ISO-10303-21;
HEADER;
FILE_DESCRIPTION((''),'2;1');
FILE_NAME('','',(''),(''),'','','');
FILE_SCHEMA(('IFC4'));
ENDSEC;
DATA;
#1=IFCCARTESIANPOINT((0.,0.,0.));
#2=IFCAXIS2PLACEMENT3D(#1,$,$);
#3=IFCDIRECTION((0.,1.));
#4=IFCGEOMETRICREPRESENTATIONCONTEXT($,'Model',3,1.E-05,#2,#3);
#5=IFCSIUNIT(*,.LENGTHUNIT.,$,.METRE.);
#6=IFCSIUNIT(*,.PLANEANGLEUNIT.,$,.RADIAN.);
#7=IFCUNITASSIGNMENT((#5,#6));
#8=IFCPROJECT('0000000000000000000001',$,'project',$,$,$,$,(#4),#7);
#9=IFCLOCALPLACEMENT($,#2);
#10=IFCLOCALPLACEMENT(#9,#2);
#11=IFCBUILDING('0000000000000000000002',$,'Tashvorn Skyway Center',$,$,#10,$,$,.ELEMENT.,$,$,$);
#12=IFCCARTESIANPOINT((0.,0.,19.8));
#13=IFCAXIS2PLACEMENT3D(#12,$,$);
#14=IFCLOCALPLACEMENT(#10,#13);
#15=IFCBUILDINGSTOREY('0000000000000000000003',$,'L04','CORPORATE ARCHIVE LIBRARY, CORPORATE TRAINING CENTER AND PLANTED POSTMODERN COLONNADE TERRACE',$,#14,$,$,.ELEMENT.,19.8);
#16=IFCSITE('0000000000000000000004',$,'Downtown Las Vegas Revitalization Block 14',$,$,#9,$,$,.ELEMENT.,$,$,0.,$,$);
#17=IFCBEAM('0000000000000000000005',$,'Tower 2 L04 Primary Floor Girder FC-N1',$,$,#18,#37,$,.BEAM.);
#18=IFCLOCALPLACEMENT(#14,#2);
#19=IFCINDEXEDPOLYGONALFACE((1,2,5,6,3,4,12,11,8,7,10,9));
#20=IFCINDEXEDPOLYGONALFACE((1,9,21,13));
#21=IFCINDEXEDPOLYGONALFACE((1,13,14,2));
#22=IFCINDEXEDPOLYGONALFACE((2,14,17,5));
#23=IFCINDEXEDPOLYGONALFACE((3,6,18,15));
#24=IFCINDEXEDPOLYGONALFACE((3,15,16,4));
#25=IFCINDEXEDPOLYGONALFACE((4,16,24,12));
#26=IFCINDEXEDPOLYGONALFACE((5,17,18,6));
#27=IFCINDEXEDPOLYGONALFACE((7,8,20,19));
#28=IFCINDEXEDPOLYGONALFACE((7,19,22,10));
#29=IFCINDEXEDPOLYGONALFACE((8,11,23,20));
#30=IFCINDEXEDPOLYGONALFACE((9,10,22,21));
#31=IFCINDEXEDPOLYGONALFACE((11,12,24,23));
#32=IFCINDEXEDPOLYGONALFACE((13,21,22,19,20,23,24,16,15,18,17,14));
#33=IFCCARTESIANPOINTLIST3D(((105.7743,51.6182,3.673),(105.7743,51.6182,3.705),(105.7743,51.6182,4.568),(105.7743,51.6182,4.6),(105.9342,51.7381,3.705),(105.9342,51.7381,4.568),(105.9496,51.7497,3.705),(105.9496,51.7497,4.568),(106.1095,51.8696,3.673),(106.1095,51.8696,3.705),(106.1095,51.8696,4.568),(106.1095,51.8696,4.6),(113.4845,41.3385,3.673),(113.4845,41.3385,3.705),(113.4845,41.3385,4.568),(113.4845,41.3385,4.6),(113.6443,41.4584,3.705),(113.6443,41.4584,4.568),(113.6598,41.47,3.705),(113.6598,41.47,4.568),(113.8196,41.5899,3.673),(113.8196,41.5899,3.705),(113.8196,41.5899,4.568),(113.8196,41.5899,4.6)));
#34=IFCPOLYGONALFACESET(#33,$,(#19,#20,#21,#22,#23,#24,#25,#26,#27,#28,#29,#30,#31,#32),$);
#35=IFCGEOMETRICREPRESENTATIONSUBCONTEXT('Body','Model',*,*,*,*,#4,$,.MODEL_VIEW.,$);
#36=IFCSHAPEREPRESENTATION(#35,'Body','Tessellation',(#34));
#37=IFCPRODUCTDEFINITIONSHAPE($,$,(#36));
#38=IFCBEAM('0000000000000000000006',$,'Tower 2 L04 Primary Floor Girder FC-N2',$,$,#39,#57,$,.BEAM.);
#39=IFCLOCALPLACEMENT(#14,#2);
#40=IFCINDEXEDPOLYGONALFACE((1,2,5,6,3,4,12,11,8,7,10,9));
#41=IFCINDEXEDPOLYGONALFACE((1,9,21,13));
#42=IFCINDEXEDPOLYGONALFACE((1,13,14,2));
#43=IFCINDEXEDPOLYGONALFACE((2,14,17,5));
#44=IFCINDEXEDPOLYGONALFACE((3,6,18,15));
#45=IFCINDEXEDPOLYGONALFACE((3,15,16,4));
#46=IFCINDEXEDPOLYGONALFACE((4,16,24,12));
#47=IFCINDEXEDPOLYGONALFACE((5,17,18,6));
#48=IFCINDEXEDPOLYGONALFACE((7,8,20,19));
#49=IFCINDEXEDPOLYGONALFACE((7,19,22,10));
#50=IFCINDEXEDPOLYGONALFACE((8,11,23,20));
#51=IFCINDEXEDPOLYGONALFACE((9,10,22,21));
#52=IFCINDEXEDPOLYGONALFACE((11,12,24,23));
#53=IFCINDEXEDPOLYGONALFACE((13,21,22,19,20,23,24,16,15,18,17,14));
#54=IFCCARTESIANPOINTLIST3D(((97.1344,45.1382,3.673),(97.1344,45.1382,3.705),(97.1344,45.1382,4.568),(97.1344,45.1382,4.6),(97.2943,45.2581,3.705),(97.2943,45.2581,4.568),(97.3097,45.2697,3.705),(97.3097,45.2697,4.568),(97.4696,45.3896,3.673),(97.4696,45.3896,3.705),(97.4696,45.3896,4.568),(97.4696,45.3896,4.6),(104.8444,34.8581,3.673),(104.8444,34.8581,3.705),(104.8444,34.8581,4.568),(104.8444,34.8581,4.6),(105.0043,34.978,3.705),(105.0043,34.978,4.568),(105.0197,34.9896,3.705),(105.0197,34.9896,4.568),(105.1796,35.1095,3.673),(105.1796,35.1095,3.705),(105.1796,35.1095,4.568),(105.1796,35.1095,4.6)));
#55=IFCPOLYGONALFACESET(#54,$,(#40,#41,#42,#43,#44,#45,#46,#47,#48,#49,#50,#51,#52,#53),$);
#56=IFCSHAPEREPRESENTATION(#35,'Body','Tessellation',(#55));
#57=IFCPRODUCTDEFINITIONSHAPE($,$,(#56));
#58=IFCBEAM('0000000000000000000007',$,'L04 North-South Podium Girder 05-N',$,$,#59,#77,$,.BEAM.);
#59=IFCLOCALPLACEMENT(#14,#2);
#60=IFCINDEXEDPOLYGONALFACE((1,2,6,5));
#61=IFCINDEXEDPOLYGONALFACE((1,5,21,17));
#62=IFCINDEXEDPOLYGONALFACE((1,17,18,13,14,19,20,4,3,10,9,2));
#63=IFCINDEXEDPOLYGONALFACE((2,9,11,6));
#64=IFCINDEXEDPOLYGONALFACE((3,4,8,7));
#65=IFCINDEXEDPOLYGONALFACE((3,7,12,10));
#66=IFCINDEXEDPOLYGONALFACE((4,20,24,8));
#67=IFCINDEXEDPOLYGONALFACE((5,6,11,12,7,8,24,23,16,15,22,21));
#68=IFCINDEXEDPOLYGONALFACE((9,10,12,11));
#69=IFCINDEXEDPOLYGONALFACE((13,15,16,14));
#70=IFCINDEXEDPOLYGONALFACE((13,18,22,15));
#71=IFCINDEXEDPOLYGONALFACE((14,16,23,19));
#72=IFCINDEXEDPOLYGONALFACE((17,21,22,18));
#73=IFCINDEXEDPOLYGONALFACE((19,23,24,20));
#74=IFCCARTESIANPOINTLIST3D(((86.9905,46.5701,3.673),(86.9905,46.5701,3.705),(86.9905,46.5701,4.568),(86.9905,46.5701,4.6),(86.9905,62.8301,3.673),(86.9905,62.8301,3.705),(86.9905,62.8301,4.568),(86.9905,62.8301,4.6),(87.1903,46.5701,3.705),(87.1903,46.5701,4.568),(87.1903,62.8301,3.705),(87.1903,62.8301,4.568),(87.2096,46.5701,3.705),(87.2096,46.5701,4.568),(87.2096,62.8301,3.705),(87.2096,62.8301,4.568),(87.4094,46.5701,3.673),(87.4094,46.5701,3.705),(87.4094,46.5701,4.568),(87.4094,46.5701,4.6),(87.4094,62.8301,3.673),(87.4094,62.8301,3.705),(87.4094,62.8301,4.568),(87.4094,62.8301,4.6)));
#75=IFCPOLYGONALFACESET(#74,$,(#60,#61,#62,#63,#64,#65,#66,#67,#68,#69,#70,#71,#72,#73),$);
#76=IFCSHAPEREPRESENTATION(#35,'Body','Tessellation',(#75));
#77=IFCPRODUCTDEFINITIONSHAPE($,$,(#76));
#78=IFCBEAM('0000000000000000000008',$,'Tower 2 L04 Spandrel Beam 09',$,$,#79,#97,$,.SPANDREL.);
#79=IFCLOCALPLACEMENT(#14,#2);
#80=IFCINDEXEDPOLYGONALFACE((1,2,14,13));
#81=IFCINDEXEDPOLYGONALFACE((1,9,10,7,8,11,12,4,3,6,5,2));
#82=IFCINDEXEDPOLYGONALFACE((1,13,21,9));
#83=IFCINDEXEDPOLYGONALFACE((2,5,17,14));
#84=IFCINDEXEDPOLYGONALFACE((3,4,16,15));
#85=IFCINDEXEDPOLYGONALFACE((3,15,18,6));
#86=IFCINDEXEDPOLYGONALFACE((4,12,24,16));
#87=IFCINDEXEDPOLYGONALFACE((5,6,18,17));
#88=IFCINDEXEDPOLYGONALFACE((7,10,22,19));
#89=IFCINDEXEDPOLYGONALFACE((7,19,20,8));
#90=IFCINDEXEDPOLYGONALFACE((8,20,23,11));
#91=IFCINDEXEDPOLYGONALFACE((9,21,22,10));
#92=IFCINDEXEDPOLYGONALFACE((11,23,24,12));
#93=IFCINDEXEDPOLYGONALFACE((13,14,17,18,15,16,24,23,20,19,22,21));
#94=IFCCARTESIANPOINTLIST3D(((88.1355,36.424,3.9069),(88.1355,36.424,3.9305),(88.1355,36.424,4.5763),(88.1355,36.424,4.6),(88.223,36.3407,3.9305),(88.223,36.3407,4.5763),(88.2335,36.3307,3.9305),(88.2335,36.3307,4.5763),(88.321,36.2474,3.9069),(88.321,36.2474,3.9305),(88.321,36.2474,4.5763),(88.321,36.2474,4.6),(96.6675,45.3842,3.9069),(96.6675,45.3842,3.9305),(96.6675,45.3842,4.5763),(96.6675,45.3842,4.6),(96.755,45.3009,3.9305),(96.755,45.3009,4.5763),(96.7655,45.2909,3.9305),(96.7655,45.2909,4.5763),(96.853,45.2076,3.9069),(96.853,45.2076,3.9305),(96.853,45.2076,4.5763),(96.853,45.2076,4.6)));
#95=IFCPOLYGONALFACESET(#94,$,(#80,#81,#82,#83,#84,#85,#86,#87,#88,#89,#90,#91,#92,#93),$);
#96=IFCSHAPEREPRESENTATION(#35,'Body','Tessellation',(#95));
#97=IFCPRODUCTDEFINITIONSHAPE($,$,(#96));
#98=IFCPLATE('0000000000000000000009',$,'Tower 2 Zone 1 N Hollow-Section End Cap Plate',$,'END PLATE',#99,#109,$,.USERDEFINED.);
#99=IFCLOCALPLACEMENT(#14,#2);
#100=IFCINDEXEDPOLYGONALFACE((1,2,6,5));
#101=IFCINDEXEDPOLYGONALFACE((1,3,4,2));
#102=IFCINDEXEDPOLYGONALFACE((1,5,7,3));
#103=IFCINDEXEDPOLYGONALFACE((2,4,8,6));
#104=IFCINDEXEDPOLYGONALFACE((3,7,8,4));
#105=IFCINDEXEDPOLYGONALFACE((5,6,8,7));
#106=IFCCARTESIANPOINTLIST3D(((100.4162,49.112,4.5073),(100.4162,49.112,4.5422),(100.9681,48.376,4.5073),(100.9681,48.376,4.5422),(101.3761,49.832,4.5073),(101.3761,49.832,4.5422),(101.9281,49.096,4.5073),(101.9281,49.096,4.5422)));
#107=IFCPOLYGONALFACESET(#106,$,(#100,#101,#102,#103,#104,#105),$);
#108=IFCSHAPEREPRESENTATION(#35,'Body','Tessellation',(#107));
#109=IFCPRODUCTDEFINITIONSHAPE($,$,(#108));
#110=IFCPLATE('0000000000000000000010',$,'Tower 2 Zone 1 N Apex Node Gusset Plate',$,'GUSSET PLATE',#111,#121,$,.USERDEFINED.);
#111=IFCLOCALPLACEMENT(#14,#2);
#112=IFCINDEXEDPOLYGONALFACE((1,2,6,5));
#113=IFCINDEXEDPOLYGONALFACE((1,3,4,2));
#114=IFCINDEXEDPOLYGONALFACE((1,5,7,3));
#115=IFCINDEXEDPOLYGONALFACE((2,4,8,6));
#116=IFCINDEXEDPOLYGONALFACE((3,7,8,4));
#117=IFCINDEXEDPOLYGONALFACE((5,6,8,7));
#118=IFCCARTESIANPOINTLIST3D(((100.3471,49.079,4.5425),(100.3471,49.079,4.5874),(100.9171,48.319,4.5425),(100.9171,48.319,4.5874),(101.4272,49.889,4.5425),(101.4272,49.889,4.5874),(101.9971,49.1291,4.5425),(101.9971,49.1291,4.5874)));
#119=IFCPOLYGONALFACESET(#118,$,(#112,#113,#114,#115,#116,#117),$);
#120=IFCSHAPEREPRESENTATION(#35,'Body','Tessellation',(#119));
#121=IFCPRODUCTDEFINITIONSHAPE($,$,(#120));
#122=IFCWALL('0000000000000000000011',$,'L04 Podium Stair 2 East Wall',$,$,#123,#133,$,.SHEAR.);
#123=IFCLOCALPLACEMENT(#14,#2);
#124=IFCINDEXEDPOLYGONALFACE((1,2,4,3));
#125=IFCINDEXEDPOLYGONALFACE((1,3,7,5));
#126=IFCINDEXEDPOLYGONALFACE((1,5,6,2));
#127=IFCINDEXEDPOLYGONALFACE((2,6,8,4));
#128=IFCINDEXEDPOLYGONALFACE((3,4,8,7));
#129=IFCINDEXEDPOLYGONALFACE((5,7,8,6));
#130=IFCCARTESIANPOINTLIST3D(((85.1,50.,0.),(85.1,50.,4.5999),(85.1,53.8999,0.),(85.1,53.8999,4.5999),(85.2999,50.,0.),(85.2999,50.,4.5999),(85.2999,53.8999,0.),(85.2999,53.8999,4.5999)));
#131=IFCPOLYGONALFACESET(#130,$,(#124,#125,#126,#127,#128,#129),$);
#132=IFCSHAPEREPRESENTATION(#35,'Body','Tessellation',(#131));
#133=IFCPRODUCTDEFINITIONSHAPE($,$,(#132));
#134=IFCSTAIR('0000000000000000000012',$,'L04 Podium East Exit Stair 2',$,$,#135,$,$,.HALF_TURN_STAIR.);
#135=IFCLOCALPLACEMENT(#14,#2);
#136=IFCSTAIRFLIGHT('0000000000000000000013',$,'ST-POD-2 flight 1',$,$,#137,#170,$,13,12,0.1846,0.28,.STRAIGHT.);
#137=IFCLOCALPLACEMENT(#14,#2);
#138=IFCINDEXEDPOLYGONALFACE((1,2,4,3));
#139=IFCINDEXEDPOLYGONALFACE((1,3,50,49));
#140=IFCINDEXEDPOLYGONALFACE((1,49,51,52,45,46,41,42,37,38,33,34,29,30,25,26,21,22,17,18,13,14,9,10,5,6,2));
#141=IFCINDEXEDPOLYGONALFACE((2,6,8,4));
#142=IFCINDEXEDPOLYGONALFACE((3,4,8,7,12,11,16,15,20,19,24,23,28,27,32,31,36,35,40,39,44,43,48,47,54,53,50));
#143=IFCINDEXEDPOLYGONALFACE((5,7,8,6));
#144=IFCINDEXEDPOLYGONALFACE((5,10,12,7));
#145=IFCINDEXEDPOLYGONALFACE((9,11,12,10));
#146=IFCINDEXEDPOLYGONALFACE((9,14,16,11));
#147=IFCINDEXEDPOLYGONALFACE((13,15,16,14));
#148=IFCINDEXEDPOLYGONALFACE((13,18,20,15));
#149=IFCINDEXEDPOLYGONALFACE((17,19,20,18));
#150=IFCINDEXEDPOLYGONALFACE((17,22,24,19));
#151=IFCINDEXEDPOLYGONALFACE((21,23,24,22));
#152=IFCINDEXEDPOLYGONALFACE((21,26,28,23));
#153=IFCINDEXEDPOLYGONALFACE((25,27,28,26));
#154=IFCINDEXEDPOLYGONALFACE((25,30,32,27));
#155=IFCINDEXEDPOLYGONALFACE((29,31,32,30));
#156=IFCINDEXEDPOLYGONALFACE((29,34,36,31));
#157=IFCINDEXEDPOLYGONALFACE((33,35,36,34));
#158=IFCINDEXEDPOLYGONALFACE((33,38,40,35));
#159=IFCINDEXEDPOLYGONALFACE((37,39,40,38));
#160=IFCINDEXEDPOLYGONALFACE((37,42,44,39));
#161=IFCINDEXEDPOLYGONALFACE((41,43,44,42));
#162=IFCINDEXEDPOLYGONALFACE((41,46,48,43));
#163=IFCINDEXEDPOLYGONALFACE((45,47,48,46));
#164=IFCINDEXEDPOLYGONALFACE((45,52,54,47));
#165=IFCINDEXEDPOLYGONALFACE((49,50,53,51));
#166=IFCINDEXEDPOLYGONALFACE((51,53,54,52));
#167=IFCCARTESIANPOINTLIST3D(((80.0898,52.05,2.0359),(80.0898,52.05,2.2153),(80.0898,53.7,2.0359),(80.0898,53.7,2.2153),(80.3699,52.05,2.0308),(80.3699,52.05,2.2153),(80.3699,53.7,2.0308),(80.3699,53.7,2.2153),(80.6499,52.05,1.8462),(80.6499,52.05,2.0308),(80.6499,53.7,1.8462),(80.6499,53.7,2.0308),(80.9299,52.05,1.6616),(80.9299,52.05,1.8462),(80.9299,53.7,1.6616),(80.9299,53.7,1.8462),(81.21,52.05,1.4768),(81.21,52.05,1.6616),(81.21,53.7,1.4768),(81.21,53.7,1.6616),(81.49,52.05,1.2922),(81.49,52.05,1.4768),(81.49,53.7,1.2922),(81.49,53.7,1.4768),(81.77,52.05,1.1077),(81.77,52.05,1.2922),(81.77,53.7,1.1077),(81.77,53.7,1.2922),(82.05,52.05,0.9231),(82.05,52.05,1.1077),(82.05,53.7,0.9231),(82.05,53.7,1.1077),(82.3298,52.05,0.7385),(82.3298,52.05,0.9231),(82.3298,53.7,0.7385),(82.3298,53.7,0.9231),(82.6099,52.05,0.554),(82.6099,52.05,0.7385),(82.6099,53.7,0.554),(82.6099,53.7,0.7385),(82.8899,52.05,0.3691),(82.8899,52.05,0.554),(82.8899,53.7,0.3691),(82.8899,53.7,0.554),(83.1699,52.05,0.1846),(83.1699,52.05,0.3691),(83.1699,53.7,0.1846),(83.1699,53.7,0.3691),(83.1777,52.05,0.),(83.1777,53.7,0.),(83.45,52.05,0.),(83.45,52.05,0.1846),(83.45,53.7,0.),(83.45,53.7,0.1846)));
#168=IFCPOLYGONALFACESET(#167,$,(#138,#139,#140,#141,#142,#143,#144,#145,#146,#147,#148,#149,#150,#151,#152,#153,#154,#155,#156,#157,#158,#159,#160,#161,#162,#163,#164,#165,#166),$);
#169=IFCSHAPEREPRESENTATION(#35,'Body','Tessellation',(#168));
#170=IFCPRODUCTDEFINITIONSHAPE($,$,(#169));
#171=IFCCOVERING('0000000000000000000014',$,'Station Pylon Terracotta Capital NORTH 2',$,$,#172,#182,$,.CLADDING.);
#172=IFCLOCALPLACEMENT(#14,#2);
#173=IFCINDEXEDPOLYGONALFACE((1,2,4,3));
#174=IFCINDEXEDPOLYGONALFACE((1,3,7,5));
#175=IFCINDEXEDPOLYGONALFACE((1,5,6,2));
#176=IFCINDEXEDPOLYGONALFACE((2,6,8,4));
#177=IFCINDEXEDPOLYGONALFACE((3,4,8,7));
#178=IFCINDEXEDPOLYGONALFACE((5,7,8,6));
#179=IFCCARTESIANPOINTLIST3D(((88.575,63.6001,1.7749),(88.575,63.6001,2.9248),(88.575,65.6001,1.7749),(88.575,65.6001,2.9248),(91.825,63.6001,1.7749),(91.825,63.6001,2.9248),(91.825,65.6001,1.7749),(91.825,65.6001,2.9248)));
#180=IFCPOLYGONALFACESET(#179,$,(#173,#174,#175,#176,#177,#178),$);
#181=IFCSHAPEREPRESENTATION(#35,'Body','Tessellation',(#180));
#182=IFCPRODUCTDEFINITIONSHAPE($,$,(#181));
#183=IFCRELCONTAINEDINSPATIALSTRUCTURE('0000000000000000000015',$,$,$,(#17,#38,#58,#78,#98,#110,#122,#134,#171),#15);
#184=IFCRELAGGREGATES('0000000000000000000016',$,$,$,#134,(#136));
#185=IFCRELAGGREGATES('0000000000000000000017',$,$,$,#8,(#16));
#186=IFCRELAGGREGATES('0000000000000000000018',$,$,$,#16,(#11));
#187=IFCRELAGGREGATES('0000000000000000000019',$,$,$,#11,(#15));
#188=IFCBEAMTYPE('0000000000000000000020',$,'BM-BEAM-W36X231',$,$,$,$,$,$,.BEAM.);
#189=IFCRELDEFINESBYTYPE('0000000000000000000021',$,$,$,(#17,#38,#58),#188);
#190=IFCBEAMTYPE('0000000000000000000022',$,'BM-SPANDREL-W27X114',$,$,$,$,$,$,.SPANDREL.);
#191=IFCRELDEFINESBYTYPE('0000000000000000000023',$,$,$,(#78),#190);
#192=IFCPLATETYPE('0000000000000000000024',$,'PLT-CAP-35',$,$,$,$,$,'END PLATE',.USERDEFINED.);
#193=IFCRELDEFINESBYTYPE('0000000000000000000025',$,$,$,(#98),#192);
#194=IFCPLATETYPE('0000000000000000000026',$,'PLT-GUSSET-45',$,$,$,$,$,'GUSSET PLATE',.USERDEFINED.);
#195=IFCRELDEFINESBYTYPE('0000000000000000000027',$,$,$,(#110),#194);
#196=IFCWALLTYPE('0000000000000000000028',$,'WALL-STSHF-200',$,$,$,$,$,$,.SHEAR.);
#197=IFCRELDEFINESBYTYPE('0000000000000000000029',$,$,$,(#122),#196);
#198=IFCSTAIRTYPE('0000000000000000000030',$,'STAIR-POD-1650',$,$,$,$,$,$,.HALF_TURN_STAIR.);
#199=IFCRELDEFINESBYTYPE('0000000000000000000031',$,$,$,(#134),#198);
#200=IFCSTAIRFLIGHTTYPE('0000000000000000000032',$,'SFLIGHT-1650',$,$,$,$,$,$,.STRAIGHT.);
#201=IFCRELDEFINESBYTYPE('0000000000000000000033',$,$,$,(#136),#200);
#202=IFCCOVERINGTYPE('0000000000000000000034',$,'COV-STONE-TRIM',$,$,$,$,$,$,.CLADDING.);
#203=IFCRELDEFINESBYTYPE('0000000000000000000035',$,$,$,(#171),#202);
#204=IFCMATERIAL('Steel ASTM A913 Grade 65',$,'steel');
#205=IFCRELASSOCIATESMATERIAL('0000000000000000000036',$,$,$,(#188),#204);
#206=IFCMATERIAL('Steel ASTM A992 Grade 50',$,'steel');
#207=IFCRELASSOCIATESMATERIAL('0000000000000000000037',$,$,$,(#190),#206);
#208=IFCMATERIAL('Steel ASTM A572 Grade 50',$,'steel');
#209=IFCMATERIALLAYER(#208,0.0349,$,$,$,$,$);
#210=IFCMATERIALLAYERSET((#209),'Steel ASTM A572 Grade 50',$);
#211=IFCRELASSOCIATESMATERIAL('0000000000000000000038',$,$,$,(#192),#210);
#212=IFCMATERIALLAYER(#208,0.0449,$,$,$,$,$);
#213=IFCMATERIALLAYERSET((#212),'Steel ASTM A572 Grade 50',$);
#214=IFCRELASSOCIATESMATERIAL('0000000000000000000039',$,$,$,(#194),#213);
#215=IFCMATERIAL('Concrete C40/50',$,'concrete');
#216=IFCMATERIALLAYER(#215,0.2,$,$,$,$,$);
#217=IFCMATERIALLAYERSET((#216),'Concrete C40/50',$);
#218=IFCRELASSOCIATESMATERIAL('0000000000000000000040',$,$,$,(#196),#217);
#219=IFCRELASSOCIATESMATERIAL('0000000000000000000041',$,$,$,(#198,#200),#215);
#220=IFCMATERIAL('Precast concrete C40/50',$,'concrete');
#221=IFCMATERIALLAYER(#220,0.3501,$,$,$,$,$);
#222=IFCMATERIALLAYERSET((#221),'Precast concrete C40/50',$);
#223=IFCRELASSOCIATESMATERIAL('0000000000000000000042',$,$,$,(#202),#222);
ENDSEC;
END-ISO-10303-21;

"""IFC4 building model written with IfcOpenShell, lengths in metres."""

from ifc_helpers import new_model, si_unit, direction, frame, frame_2d, origin, origin_2d, place, context, subcontext, project, spatial, polyline, rectangle, i_section, outline, extrude, material, layer, layer_set, material_profile, profile_set, type_object, element, aggregate, save


model = new_model("IFC4")

# Units and contexts
model_context = context("Model", 3, precision=1e-05, world=origin(), true_north=direction((0.0, 1.0)))
body_context = subcontext(model_context, "Body", "Model", "MODEL_VIEW")
ifc_project = project(units=[si_unit("LENGTHUNIT", "METRE"), si_unit("PLANEANGLEUNIT", "RADIAN")], contexts=[model_context])

# Site, building, storey
site_placement = place(None, origin())
site = spatial("IfcSite", under=ifc_project, at=site_placement, Name="Downtown Las Vegas Revitalization Block 14", CompositionType="ELEMENT", RefElevation=0.0)
building_placement = place(site_placement, origin())
building = spatial("IfcBuilding", under=site, at=building_placement, Name="Tashvorn Skyway Center", CompositionType="ELEMENT")
storey_placement = place(building_placement, frame((0.0, 0.0, 19.8)))
storey = spatial("IfcBuildingStorey", under=building, at=storey_placement, Name="L04", Description="CORPORATE ARCHIVE LIBRARY, CORPORATE TRAINING CENTER AND PLANTED POSTMODERN COLONNADE TERRACE", CompositionType="ELEMENT", Elevation=19.8)

# Shared definitions
ifc_material_1 = material(Name="Steel ASTM A572 Grade 50", Category="steel")

# Beams
ifc_material_2 = material(Name="Steel ASTM A992 Grade 50", Category="steel")
ifc_material_3 = material(Name="Steel ASTM A913 Grade 65", Category="steel")
ifc_material_profile_1 = material_profile(ifc_material_3, i_section(OverallWidth=0.4189, OverallDepth=0.927, WebThickness=0.0193, FlangeThickness=0.032, at=origin_2d()), Name="W36X231")
ifc_profile_set_1 = profile_set([ifc_material_profile_1], Name="Steel ASTM A913 Grade 65")
beam_type_1 = type_object("IfcBeamType", Name="BM-BEAM-W36X231", PredefinedType="BEAM", material=ifc_profile_set_1)
beam_1_placement = place(storey_placement, frame((105.9419, 51.7439, 4.1365), z_axis=(0.600018, -0.799986, 0.0), x_axis=(0.799986, 0.600018, 0.0)))
element("IfcBeam", 1, at=beam_1_placement, inside=storey, type_object=beam_type_1, Name="Tower 2 L04 Primary Floor Girder FC-N1", PredefinedType="BEAM", context=body_context, shape_type="SweptSolid", body=[
    extrude(i_section(OverallWidth=0.4189, OverallDepth=0.927, WebThickness=0.0193, FlangeThickness=0.032, at=origin_2d()), origin(), (0.0, 0.0, 1.0), 12.8499),
])
beam_2_placement = place(storey_placement, frame((97.302, 45.2639, 4.1365), z_axis=(0.599997, -0.800002, 0.0), x_axis=(0.800002, 0.599997, 0.0)))
element("IfcBeam", 2, at=beam_2_placement, inside=storey, type_object=beam_type_1, Name="Tower 2 L04 Primary Floor Girder FC-N2", PredefinedType="BEAM", context=body_context, shape_type="SweptSolid", body=[
    extrude(i_section(OverallWidth=0.4189, OverallDepth=0.927, WebThickness=0.0193, FlangeThickness=0.032, at=origin_2d()), origin(), (0.0, 0.0, 1.0), 12.8501),
])
beam_3_placement = place(storey_placement, frame((87.2, 46.5701, 4.1365), z_axis=(0.0, 1.0, 0.0), x_axis=(-1.0, 0.0, 0.0)))
element("IfcBeam", 3, at=beam_3_placement, inside=storey, type_object=beam_type_1, Name="L04 North-South Podium Girder 05-N", PredefinedType="BEAM", context=body_context, shape_type="SweptSolid", body=[
    extrude(i_section(OverallWidth=0.4189, OverallDepth=0.927, WebThickness=0.0193, FlangeThickness=0.032, at=origin_2d()), origin(), (0.0, 0.0, 1.0), 16.26),
])
ifc_material_profile_2 = material_profile(ifc_material_2, i_section(OverallWidth=0.2561, OverallDepth=0.6931, WebThickness=0.0144, FlangeThickness=0.0237, at=origin_2d()), Name="W27X114")
ifc_profile_set_2 = profile_set([ifc_material_profile_2], Name="Steel ASTM A992 Grade 50")
beam_type_2 = type_object("IfcBeamType", Name="BM-SPANDREL-W27X114", PredefinedType="SPANDREL", material=ifc_profile_set_2)
beam_4_placement = place(storey_placement, frame((96.7603, 45.2959, 4.2534), z_axis=(-0.68959, -0.7242, 0.0), x_axis=(0.7242, -0.68959, 0.0)))
element("IfcBeam", 4, at=beam_4_placement, inside=storey, type_object=beam_type_2, Name="Tower 2 L04 Spandrel Beam 09", PredefinedType="SPANDREL", context=body_context, shape_type="SweptSolid", body=[
    extrude(i_section(OverallWidth=0.2561, OverallDepth=0.6931, WebThickness=0.0144, FlangeThickness=0.0237, at=origin_2d()), origin(), (0.0, 0.0, 1.0), 12.3726),
])

# Plates
ifc_layer_1 = layer(ifc_material_1, 0.0349)
ifc_layer_set_1 = layer_set([ifc_layer_1], Name="Steel ASTM A572 Grade 50")
plate_type_1 = type_object("IfcPlateType", Name="PLT-CAP-35", ElementType="END PLATE", PredefinedType="USERDEFINED", material=ifc_layer_set_1)
plate_1_placement = place(storey_placement, frame((101.1721, 49.104, 4.5073), z_axis=(0.0, 0.0, 1.0), x_axis=(-0.8, -0.6, 0.0)))
element("IfcPlate", 5, at=plate_1_placement, inside=storey, type_object=plate_type_1, Name="Tower 2 Zone 1 N Hollow-Section End Cap Plate", ObjectType="END PLATE", PredefinedType="USERDEFINED", context=body_context, shape_type="SweptSolid", body=[
    extrude(rectangle(XDim=1.2, YDim=0.9199, at=origin_2d()), origin(), (0.0, 0.0, 1.0), 0.0349),
])
ifc_layer_2 = layer(ifc_material_1, 0.0449)
ifc_layer_set_2 = layer_set([ifc_layer_2], Name="Steel ASTM A572 Grade 50")
plate_type_2 = type_object("IfcPlateType", Name="PLT-GUSSET-45", ElementType="GUSSET PLATE", PredefinedType="USERDEFINED", material=ifc_layer_set_2)
plate_2_placement = place(storey_placement, frame((101.1721, 49.104, 4.5425), z_axis=(0.0, 0.0, 1.0), x_axis=(-0.8, -0.6, 0.0)))
element("IfcPlate", 6, at=plate_2_placement, inside=storey, type_object=plate_type_2, Name="Tower 2 Zone 1 N Apex Node Gusset Plate", ObjectType="GUSSET PLATE", PredefinedType="USERDEFINED", context=body_context, shape_type="SweptSolid", body=[
    extrude(rectangle(XDim=1.3501, YDim=0.95, at=origin_2d()), origin(), (0.0, 0.0, 1.0), 0.0449),
])

# Wall
ifc_material_4 = material(Name="Concrete C40/50", Category="concrete")
ifc_layer_3 = layer(ifc_material_4, 0.2)
ifc_layer_set_3 = layer_set([ifc_layer_3], Name="Concrete C40/50")
wall_type = type_object("IfcWallType", Name="WALL-STSHF-200", PredefinedType="SHEAR", material=ifc_layer_set_3)
wall_placement = place(storey_placement, frame((85.2, 50.0, 0.0), z_axis=(0.0, 0.0, 1.0), x_axis=(0.0, 1.0, 0.0)))
element("IfcWall", 7, at=wall_placement, inside=storey, type_object=wall_type, Name="L04 Podium Stair 2 East Wall", PredefinedType="SHEAR", context=body_context, shape_type="SweptSolid", body=[
    extrude(rectangle(XDim=3.8999, YDim=0.2, at=frame_2d((1.95, 0.0))), origin(), (0.0, 0.0, 1.0), 4.5999),
])

# Stair, stair flight
stair_type = type_object("IfcStairType", Name="STAIR-POD-1650", PredefinedType="HALF_TURN_STAIR", material=ifc_material_4)
stair_placement = place(storey_placement, origin())
stair = element("IfcStair", 8, at=stair_placement, inside=storey, type_object=stair_type, Name="L04 Podium East Exit Stair 2", PredefinedType="HALF_TURN_STAIR")
stair_flight_type = type_object("IfcStairFlightType", Name="SFLIGHT-1650", PredefinedType="STRAIGHT", material=ifc_material_4)
stair_flight_placement = place(storey_placement, frame((83.45, 52.875, 0.0), z_axis=(0.0, 0.0, 1.0), x_axis=(-1.0, 0.0, 0.0)))
stair_flight = element("IfcStairFlight", 9, at=stair_flight_placement, type_object=stair_flight_type, Name="ST-POD-2 flight 1", NumberOfRisers=13, NumberOfTreads=12, PredefinedType="STRAIGHT", RiserHeight=0.1846, TreadLength=0.28, context=body_context, shape_type="SweptSolid", body=[
    extrude(outline(polyline([(0.0, 0.0), (0.0, 0.1846), (0.28, 0.1846), (0.28, 0.3691), (0.5601, 0.3691), (0.5601, 0.554), (0.8401, 0.554), (0.8401, 0.7385), (1.1201, 0.7385), (1.1201, 0.9231), (1.3999, 0.9231), (1.3999, 1.1077), (1.6799, 1.1077), (1.6799, 1.2922), (1.96, 1.2922), (1.96, 1.4768), (2.24, 1.4768), (2.24, 1.6616), (2.52, 1.6616), (2.52, 1.8462), (2.8, 1.8462), (2.8, 2.0308), (3.0801, 2.0308), (3.0801, 2.2153), (3.3601, 2.2153), (3.3601, 2.3999), (3.3601, 2.0359), (0.2722, 0.0), (0.0, 0.0)])), frame((0.0, 0.825, 0.0), z_axis=(0.0, -1.0, 0.0), x_axis=(1.0, 0.0, 0.0)), (0.0, 0.0, 1.0), 1.6499),
])
aggregate(stair, [stair_flight])

# Covering
ifc_material_5 = material(Name="Precast concrete C40/50", Category="concrete")
ifc_layer_4 = layer(ifc_material_5, 0.3501)
ifc_layer_set_4 = layer_set([ifc_layer_4], Name="Precast concrete C40/50")
covering_type = type_object("IfcCoveringType", Name="COV-STONE-TRIM", PredefinedType="CLADDING", material=ifc_layer_set_4)
covering_1_placement = place(storey_placement, frame((90.2, 64.6001, 1.7749), z_axis=(0.0, 0.0, 1.0), x_axis=(1.0, 0.0, 0.0)))
element("IfcCovering", 10, at=covering_1_placement, inside=storey, type_object=covering_type, Name="Station Pylon Terracotta Capital NORTH 2", PredefinedType="CLADDING", context=body_context, shape_type="SweptSolid", body=[
    extrude(rectangle(XDim=3.25, YDim=2.0, at=origin_2d()), origin(), (0.0, 0.0, 1.0), 1.1499),
])

save(model, "model.ifc")
